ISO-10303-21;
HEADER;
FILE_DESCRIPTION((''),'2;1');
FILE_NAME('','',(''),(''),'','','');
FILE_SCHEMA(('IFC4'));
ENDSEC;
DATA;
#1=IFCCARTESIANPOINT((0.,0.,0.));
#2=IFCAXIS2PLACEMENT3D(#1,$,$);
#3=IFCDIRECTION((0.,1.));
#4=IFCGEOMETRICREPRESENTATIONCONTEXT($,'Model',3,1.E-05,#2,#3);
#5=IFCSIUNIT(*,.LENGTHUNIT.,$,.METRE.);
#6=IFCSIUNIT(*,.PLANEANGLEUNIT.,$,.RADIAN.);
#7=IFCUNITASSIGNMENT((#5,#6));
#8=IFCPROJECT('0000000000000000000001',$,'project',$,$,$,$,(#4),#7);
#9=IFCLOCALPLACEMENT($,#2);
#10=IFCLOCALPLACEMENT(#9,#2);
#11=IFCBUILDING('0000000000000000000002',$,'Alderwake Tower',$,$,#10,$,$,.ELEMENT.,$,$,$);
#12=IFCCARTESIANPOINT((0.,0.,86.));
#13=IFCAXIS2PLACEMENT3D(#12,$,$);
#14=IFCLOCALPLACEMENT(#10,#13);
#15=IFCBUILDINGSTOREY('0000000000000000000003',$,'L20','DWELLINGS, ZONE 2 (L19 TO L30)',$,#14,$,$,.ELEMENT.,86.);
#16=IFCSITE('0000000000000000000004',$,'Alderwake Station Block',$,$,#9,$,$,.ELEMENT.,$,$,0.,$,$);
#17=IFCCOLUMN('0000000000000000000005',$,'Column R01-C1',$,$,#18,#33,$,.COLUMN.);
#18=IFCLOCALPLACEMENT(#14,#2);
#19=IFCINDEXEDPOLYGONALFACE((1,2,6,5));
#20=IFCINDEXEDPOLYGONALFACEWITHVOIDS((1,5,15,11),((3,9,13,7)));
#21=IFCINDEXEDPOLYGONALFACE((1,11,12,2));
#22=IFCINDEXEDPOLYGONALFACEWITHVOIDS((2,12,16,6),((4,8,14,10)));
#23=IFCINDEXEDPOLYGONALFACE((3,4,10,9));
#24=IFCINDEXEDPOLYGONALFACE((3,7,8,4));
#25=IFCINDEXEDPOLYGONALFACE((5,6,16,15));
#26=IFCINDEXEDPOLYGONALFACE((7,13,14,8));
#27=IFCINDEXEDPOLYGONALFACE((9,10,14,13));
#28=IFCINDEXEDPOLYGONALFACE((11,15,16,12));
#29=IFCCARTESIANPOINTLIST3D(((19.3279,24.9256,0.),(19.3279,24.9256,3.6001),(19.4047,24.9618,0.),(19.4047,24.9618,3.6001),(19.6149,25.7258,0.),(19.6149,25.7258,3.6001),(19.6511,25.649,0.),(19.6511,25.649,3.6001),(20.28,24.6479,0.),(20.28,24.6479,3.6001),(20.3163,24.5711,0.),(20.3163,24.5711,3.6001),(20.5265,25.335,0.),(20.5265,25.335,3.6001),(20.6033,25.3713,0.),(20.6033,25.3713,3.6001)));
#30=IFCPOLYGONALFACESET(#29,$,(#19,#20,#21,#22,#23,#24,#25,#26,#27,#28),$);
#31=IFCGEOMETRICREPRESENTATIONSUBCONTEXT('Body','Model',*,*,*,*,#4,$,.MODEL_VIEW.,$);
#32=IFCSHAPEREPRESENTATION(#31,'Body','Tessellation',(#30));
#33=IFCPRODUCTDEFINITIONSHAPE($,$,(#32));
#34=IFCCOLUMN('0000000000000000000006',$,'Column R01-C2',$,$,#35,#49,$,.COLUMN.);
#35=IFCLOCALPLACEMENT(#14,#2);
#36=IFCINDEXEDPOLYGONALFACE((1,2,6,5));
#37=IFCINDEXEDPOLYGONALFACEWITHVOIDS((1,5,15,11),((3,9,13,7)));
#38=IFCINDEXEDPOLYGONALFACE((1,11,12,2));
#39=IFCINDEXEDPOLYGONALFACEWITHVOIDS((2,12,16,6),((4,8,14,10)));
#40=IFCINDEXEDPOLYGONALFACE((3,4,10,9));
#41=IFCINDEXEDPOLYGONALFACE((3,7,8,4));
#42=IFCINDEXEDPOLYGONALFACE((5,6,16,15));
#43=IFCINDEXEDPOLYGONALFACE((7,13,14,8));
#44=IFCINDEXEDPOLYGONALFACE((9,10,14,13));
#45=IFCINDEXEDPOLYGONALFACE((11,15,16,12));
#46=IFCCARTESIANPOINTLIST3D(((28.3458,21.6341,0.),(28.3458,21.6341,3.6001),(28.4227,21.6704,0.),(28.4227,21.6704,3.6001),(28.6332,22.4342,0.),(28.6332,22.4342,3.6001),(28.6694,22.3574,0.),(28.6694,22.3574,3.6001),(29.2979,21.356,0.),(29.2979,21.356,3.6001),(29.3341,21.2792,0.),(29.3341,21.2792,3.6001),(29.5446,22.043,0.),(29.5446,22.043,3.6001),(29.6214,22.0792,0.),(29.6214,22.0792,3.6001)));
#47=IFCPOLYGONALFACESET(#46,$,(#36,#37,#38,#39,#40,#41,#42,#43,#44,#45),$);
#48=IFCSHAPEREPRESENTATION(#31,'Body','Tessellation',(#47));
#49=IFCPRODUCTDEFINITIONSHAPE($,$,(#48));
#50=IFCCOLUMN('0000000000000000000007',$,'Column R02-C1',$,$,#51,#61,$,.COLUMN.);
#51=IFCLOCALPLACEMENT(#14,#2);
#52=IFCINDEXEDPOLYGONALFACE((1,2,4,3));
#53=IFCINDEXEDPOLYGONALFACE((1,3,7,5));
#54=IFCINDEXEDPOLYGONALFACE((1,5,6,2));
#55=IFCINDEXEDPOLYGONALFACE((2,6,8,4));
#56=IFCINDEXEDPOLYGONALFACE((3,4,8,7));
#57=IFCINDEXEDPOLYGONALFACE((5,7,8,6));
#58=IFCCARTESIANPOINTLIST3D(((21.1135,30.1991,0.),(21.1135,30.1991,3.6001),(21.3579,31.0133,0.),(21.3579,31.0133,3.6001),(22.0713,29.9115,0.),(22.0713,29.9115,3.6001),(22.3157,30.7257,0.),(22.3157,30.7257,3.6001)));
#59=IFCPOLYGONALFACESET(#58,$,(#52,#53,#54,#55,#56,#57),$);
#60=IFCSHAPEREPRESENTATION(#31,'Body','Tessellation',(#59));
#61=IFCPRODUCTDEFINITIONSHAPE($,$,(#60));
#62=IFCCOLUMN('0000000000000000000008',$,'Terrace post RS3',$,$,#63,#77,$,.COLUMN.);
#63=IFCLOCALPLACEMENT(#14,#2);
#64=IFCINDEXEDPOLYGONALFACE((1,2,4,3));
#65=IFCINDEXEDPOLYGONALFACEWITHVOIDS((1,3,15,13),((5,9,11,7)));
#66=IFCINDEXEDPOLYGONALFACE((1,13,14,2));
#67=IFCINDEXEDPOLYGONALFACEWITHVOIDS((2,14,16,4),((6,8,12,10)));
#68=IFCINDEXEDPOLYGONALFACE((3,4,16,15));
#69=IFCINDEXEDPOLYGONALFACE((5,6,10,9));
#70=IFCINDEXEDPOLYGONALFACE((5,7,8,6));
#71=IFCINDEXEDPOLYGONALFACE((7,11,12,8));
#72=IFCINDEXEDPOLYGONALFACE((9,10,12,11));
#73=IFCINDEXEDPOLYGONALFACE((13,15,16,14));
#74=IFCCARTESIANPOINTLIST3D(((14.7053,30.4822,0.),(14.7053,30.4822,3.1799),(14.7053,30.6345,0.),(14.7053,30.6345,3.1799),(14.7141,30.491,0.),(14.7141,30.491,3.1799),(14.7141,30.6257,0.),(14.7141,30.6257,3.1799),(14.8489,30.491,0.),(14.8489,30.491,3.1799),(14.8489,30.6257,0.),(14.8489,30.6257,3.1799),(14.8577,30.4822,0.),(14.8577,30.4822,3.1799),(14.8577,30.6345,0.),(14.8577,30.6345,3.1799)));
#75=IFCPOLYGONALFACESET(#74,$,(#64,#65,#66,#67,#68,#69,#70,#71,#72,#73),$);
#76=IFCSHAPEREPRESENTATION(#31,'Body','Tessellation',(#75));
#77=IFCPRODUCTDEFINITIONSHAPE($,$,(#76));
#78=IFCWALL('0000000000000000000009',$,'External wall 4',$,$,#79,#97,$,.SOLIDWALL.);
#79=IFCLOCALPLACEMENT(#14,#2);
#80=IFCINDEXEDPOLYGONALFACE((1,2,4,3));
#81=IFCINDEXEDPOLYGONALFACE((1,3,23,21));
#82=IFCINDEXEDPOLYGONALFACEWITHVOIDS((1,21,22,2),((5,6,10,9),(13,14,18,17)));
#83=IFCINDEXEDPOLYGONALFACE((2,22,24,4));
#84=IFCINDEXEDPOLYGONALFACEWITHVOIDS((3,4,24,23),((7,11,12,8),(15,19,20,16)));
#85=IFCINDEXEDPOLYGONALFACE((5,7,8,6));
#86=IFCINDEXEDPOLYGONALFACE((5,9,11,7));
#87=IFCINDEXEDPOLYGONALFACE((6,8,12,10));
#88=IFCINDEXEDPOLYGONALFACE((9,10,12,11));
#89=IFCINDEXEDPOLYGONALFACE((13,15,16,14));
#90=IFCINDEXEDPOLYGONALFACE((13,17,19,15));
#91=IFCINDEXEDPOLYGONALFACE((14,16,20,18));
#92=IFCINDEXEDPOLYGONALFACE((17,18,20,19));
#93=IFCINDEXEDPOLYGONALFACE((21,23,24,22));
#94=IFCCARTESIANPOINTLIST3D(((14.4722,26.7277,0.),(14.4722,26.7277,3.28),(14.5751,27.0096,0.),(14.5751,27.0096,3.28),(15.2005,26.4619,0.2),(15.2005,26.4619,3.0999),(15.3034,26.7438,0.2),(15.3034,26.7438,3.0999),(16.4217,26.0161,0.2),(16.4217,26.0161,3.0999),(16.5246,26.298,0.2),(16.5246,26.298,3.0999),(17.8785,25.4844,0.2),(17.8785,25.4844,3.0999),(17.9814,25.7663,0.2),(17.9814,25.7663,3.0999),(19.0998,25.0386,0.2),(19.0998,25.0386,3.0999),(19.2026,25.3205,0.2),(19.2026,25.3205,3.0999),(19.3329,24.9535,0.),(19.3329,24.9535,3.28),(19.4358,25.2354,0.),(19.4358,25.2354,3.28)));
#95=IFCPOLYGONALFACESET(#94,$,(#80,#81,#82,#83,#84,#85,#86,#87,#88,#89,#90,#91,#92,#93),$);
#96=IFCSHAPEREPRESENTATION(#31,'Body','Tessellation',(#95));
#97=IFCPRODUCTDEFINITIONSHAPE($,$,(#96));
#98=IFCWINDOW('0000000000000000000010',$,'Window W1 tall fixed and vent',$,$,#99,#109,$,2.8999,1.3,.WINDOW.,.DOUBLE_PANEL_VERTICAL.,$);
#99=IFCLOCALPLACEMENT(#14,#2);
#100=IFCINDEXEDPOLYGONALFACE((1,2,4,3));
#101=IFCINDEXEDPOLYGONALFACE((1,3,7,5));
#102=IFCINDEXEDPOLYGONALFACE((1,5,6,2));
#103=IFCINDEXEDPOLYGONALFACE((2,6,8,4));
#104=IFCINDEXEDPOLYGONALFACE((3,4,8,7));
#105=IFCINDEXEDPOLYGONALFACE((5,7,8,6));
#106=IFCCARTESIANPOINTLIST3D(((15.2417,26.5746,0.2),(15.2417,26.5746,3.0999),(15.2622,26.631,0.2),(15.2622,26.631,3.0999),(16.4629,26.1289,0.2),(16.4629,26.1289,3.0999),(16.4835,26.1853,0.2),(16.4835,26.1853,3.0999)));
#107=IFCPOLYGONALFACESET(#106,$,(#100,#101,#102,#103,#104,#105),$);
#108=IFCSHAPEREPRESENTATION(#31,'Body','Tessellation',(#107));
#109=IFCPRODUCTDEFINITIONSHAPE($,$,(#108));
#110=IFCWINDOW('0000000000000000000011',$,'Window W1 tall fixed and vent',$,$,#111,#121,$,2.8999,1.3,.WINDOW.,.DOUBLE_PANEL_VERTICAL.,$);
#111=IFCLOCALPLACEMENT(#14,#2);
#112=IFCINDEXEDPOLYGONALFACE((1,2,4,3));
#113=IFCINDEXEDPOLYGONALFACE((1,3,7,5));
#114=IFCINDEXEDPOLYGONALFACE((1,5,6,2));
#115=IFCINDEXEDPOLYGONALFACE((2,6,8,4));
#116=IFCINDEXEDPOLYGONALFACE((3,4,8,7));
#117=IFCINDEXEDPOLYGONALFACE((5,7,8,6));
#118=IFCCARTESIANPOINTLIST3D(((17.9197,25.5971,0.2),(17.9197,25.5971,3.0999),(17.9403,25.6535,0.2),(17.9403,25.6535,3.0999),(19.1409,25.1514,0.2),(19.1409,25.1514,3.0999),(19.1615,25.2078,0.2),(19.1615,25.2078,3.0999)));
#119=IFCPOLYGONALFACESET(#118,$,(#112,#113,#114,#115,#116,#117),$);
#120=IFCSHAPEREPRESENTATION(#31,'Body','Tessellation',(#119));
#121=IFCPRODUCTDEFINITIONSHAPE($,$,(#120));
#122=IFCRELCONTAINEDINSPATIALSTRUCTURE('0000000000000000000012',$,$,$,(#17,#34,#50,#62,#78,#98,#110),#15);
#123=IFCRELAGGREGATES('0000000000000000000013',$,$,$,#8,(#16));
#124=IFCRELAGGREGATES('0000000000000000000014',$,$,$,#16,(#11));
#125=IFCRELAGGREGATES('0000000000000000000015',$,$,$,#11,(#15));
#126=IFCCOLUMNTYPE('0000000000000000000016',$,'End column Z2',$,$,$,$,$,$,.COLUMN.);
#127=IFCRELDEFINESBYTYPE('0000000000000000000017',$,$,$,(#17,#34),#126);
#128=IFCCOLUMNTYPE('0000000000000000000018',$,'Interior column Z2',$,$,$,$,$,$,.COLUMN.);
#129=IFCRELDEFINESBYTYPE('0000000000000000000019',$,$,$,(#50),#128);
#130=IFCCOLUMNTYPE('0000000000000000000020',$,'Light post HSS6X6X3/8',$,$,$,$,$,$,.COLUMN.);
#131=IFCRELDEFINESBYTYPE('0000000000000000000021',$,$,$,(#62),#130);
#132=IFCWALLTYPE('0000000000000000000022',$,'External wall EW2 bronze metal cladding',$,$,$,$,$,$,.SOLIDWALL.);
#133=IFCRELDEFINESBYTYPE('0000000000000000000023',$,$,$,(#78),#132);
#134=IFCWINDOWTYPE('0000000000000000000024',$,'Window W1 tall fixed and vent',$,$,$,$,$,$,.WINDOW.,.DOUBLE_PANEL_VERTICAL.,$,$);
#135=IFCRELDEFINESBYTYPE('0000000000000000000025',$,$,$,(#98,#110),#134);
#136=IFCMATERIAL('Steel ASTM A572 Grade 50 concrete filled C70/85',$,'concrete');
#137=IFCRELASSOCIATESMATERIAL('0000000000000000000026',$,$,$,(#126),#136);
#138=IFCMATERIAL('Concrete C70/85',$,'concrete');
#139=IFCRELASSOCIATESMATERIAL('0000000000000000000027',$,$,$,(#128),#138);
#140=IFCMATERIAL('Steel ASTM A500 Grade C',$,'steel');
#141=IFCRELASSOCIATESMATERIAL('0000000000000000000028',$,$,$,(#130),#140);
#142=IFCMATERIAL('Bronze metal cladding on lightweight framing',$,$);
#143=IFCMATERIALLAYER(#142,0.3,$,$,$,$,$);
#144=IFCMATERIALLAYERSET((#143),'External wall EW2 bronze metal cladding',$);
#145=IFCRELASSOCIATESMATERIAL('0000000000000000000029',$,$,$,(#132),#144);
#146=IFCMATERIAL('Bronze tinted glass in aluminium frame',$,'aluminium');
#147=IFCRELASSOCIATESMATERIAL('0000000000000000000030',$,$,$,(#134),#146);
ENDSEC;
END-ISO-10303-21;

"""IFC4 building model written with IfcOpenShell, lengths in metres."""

from ifc_helpers import new_model, si_unit, direction, frame, frame_2d, origin, origin_2d, place, context, subcontext, project, spatial, rectangle, hollow_rectangle, extrude, material, layer, layer_set, material_profile, profile_set, type_object, element, fill, save


model = new_model("IFC4")

# Units and contexts
model_context = context("Model", 3, precision=1e-05, world=origin(), true_north=direction((0.0, 1.0)))
body_context = subcontext(model_context, "Body", "Model", "MODEL_VIEW")
ifc_project = project(units=[si_unit("LENGTHUNIT", "METRE"), si_unit("PLANEANGLEUNIT", "RADIAN")], contexts=[model_context])

# Site, building, storey
site_placement = place(None, origin())
site = spatial("IfcSite", under=ifc_project, at=site_placement, Name="Alderwake Station Block", CompositionType="ELEMENT", RefElevation=0.0)
building_placement = place(site_placement, origin())
building = spatial("IfcBuilding", under=site, at=building_placement, Name="Alderwake Tower", CompositionType="ELEMENT")
storey_placement = place(building_placement, frame((0.0, 0.0, 86.0)))
storey = spatial("IfcBuildingStorey", under=building, at=storey_placement, Name="L20", Description="DWELLINGS, ZONE 2 (L19 TO L30)", CompositionType="ELEMENT", Elevation=86.0)

# Columns
ifc_material_1 = material(Name="Steel ASTM A572 Grade 50 concrete filled C70/85", Category="concrete")
ifc_material_profile_1 = material_profile(ifc_material_1, hollow_rectangle(XDim=0.8501, YDim=1.05, WallThickness=0.0601, at=origin_2d()), Name="BOX 1050X850X60")
ifc_profile_set_1 = profile_set([ifc_material_profile_1], Name="Steel ASTM A572 Grade 50 concrete filled C70/85")
column_type_1 = type_object("IfcColumnType", Name="End column Z2", PredefinedType="COLUMN", material=ifc_profile_set_1)
for number, where, z_axis, x_axis, name in (
    (1, (19.9656, 25.1484, 0.0), (0.0, 0.0, 1.0), (0.337585, 0.941295, 0.0), "Column R01-C1"),
    (2, (28.9836, 21.8567, 0.0), (0.0, 0.0, 1.0), (0.338027, 0.941136, 0.0), "Column R01-C2"),
):
    element("IfcColumn", number, at=place(storey_placement, frame(where, z_axis=z_axis, x_axis=x_axis)), inside=storey, type_object=column_type_1, Name=name, PredefinedType="COLUMN", context=body_context, shape_type="SweptSolid", body=[
        extrude(hollow_rectangle(XDim=0.8501, YDim=1.05, WallThickness=0.0601, at=origin_2d()), origin(), (0.0, 0.0, 1.0), 3.6001),
    ])
ifc_material_2 = material(Name="Concrete C70/85", Category="concrete")
ifc_material_profile_2 = material_profile(ifc_material_2, rectangle(XDim=0.8501, YDim=1.0, at=origin_2d()), Name="RC 1000X850")
ifc_profile_set_2 = profile_set([ifc_material_profile_2], Name="Concrete C70/85")
column_type_2 = type_object("IfcColumnType", Name="Interior column Z2", PredefinedType="COLUMN", material=ifc_profile_set_2)
column_1_placement = place(storey_placement, frame((21.7146, 30.4624, 0.0), z_axis=(0.0, 0.0, 1.0), x_axis=(0.287549, 0.957766, 0.0)))
element("IfcColumn", 3, at=column_1_placement, inside=storey, type_object=column_type_2, Name="Column R02-C1", PredefinedType="COLUMN", context=body_context, shape_type="SweptSolid", body=[
    extrude(rectangle(XDim=0.8501, YDim=1.0, at=origin_2d()), origin(), (0.0, 0.0, 1.0), 3.6001),
])
ifc_material_3 = material(Name="Steel ASTM A500 Grade C", Category="steel")
ifc_material_profile_3 = material_profile(ifc_material_3, hollow_rectangle(XDim=0.1523, YDim=0.1523, WallThickness=0.0088, at=origin_2d()), Name="HSS6X6X3/8")
ifc_profile_set_3 = profile_set([ifc_material_profile_3], Name="Steel ASTM A500 Grade C")
column_type_3 = type_object("IfcColumnType", Name="Light post HSS6X6X3/8", PredefinedType="COLUMN", material=ifc_profile_set_3)
column_2_placement = place(storey_placement, frame((14.7815, 30.5583, 0.0), z_axis=(0.0, 0.0, 1.0), x_axis=(1.0, 0.0, 0.0)))
element("IfcColumn", 4, at=column_2_placement, inside=storey, type_object=column_type_3, Name="Terrace post RS3", PredefinedType="COLUMN", context=body_context, shape_type="SweptSolid", body=[
    extrude(hollow_rectangle(XDim=0.1523, YDim=0.1523, WallThickness=0.0088, at=origin_2d()), origin(), (0.0, 0.0, 1.0), 3.1799),
])

# Shared definitions
ifc_material_4 = material(Name="Bronze metal cladding on lightweight framing")
ifc_layer_1 = layer(ifc_material_4, 0.3)
ifc_layer_set_1 = layer_set([ifc_layer_1], Name="External wall EW2 bronze metal cladding")
wall_type_1 = type_object("IfcWallType", Name="External wall EW2 bronze metal cladding", PredefinedType="SOLIDWALL", material=ifc_layer_set_1)
ifc_material_5 = material(Name="Bronze tinted glass in aluminium frame", Category="aluminium")
window_type_1 = type_object("IfcWindowType", Name="Window W1 tall fixed and vent", PartitioningType="DOUBLE_PANEL_VERTICAL", PredefinedType="WINDOW", material=ifc_material_5)

# Wall, openings, windows
wall_1_placement = place(storey_placement, frame((14.5237, 26.8687, 0.0), z_axis=(0.0, 0.0, 1.0), x_axis=(0.939378, -0.342883, 0.0)))
wall_1 = element("IfcWall", 5, at=wall_1_placement, inside=storey, type_object=wall_type_1, Name="External wall 4", PredefinedType="SOLIDWALL", context=body_context, shape_type="SweptSolid", body=[
    extrude(rectangle(XDim=5.1743, YDim=0.3, at=frame_2d((2.5872, 0.0))), origin(), (0.0, 0.0, 1.0), 3.28),
])
opening_1_placement = place(wall_1_placement, frame((0.7754, 0.0, 0.2)))
opening_1 = element("IfcOpeningElement", 6, at=opening_1_placement, cuts=wall_1, PredefinedType="OPENING", context=body_context, shape_type="SweptSolid", body=[
    extrude(rectangle(XDim=1.3, YDim=2.8999, at=frame_2d((0.6499, 1.45))), frame((0.0, 0.1599, 0.0), z_axis=(0.0, -1.0, 0.0), x_axis=(1.0, 0.0, 0.0)), (0.0, 0.0, 1.0), 0.3201),
])
opening_2_placement = place(wall_1_placement, frame((3.6262, 0.0, 0.2)))
opening_2 = element("IfcOpeningElement", 7, at=opening_2_placement, cuts=wall_1, PredefinedType="OPENING", context=body_context, shape_type="SweptSolid", body=[
    extrude(rectangle(XDim=1.3, YDim=2.8999, at=frame_2d((0.6499, 1.45))), frame((0.0, 0.1599, 0.0), z_axis=(0.0, -1.0, 0.0), x_axis=(1.0, 0.0, 0.0)), (0.0, 0.0, 1.0), 0.3201),
])
window_1_placement = place(opening_1_placement, origin())
window_1 = element("IfcWindow", 8, at=window_1_placement, inside=storey, type_object=window_type_1, Name="Window W1 tall fixed and vent", OverallHeight=2.8999, OverallWidth=1.3, PartitioningType="DOUBLE_PANEL_VERTICAL", PredefinedType="WINDOW", context=body_context, shape_type="SweptSolid", body=[
    extrude(rectangle(XDim=1.3, YDim=2.8999, at=frame_2d((0.6499, 1.45))), frame((0.0, 0.03, 0.0), z_axis=(0.0, -1.0, 0.0), x_axis=(1.0, 0.0, 0.0)), (0.0, 0.0, 1.0), 0.0601),
])
fill(opening_1, window_1)
window_2_placement = place(opening_2_placement, origin())
window_2 = element("IfcWindow", 9, at=window_2_placement, inside=storey, type_object=window_type_1, Name="Window W1 tall fixed and vent", OverallHeight=2.8999, OverallWidth=1.3, PartitioningType="DOUBLE_PANEL_VERTICAL", PredefinedType="WINDOW", context=body_context, shape_type="SweptSolid", body=[
    extrude(rectangle(XDim=1.3, YDim=2.8999, at=frame_2d((0.6499, 1.45))), frame((0.0, 0.03, 0.0), z_axis=(0.0, -1.0, 0.0), x_axis=(1.0, 0.0, 0.0)), (0.0, 0.0, 1.0), 0.0601),
])
fill(opening_2, window_2)

save(model, "model.ifc")
